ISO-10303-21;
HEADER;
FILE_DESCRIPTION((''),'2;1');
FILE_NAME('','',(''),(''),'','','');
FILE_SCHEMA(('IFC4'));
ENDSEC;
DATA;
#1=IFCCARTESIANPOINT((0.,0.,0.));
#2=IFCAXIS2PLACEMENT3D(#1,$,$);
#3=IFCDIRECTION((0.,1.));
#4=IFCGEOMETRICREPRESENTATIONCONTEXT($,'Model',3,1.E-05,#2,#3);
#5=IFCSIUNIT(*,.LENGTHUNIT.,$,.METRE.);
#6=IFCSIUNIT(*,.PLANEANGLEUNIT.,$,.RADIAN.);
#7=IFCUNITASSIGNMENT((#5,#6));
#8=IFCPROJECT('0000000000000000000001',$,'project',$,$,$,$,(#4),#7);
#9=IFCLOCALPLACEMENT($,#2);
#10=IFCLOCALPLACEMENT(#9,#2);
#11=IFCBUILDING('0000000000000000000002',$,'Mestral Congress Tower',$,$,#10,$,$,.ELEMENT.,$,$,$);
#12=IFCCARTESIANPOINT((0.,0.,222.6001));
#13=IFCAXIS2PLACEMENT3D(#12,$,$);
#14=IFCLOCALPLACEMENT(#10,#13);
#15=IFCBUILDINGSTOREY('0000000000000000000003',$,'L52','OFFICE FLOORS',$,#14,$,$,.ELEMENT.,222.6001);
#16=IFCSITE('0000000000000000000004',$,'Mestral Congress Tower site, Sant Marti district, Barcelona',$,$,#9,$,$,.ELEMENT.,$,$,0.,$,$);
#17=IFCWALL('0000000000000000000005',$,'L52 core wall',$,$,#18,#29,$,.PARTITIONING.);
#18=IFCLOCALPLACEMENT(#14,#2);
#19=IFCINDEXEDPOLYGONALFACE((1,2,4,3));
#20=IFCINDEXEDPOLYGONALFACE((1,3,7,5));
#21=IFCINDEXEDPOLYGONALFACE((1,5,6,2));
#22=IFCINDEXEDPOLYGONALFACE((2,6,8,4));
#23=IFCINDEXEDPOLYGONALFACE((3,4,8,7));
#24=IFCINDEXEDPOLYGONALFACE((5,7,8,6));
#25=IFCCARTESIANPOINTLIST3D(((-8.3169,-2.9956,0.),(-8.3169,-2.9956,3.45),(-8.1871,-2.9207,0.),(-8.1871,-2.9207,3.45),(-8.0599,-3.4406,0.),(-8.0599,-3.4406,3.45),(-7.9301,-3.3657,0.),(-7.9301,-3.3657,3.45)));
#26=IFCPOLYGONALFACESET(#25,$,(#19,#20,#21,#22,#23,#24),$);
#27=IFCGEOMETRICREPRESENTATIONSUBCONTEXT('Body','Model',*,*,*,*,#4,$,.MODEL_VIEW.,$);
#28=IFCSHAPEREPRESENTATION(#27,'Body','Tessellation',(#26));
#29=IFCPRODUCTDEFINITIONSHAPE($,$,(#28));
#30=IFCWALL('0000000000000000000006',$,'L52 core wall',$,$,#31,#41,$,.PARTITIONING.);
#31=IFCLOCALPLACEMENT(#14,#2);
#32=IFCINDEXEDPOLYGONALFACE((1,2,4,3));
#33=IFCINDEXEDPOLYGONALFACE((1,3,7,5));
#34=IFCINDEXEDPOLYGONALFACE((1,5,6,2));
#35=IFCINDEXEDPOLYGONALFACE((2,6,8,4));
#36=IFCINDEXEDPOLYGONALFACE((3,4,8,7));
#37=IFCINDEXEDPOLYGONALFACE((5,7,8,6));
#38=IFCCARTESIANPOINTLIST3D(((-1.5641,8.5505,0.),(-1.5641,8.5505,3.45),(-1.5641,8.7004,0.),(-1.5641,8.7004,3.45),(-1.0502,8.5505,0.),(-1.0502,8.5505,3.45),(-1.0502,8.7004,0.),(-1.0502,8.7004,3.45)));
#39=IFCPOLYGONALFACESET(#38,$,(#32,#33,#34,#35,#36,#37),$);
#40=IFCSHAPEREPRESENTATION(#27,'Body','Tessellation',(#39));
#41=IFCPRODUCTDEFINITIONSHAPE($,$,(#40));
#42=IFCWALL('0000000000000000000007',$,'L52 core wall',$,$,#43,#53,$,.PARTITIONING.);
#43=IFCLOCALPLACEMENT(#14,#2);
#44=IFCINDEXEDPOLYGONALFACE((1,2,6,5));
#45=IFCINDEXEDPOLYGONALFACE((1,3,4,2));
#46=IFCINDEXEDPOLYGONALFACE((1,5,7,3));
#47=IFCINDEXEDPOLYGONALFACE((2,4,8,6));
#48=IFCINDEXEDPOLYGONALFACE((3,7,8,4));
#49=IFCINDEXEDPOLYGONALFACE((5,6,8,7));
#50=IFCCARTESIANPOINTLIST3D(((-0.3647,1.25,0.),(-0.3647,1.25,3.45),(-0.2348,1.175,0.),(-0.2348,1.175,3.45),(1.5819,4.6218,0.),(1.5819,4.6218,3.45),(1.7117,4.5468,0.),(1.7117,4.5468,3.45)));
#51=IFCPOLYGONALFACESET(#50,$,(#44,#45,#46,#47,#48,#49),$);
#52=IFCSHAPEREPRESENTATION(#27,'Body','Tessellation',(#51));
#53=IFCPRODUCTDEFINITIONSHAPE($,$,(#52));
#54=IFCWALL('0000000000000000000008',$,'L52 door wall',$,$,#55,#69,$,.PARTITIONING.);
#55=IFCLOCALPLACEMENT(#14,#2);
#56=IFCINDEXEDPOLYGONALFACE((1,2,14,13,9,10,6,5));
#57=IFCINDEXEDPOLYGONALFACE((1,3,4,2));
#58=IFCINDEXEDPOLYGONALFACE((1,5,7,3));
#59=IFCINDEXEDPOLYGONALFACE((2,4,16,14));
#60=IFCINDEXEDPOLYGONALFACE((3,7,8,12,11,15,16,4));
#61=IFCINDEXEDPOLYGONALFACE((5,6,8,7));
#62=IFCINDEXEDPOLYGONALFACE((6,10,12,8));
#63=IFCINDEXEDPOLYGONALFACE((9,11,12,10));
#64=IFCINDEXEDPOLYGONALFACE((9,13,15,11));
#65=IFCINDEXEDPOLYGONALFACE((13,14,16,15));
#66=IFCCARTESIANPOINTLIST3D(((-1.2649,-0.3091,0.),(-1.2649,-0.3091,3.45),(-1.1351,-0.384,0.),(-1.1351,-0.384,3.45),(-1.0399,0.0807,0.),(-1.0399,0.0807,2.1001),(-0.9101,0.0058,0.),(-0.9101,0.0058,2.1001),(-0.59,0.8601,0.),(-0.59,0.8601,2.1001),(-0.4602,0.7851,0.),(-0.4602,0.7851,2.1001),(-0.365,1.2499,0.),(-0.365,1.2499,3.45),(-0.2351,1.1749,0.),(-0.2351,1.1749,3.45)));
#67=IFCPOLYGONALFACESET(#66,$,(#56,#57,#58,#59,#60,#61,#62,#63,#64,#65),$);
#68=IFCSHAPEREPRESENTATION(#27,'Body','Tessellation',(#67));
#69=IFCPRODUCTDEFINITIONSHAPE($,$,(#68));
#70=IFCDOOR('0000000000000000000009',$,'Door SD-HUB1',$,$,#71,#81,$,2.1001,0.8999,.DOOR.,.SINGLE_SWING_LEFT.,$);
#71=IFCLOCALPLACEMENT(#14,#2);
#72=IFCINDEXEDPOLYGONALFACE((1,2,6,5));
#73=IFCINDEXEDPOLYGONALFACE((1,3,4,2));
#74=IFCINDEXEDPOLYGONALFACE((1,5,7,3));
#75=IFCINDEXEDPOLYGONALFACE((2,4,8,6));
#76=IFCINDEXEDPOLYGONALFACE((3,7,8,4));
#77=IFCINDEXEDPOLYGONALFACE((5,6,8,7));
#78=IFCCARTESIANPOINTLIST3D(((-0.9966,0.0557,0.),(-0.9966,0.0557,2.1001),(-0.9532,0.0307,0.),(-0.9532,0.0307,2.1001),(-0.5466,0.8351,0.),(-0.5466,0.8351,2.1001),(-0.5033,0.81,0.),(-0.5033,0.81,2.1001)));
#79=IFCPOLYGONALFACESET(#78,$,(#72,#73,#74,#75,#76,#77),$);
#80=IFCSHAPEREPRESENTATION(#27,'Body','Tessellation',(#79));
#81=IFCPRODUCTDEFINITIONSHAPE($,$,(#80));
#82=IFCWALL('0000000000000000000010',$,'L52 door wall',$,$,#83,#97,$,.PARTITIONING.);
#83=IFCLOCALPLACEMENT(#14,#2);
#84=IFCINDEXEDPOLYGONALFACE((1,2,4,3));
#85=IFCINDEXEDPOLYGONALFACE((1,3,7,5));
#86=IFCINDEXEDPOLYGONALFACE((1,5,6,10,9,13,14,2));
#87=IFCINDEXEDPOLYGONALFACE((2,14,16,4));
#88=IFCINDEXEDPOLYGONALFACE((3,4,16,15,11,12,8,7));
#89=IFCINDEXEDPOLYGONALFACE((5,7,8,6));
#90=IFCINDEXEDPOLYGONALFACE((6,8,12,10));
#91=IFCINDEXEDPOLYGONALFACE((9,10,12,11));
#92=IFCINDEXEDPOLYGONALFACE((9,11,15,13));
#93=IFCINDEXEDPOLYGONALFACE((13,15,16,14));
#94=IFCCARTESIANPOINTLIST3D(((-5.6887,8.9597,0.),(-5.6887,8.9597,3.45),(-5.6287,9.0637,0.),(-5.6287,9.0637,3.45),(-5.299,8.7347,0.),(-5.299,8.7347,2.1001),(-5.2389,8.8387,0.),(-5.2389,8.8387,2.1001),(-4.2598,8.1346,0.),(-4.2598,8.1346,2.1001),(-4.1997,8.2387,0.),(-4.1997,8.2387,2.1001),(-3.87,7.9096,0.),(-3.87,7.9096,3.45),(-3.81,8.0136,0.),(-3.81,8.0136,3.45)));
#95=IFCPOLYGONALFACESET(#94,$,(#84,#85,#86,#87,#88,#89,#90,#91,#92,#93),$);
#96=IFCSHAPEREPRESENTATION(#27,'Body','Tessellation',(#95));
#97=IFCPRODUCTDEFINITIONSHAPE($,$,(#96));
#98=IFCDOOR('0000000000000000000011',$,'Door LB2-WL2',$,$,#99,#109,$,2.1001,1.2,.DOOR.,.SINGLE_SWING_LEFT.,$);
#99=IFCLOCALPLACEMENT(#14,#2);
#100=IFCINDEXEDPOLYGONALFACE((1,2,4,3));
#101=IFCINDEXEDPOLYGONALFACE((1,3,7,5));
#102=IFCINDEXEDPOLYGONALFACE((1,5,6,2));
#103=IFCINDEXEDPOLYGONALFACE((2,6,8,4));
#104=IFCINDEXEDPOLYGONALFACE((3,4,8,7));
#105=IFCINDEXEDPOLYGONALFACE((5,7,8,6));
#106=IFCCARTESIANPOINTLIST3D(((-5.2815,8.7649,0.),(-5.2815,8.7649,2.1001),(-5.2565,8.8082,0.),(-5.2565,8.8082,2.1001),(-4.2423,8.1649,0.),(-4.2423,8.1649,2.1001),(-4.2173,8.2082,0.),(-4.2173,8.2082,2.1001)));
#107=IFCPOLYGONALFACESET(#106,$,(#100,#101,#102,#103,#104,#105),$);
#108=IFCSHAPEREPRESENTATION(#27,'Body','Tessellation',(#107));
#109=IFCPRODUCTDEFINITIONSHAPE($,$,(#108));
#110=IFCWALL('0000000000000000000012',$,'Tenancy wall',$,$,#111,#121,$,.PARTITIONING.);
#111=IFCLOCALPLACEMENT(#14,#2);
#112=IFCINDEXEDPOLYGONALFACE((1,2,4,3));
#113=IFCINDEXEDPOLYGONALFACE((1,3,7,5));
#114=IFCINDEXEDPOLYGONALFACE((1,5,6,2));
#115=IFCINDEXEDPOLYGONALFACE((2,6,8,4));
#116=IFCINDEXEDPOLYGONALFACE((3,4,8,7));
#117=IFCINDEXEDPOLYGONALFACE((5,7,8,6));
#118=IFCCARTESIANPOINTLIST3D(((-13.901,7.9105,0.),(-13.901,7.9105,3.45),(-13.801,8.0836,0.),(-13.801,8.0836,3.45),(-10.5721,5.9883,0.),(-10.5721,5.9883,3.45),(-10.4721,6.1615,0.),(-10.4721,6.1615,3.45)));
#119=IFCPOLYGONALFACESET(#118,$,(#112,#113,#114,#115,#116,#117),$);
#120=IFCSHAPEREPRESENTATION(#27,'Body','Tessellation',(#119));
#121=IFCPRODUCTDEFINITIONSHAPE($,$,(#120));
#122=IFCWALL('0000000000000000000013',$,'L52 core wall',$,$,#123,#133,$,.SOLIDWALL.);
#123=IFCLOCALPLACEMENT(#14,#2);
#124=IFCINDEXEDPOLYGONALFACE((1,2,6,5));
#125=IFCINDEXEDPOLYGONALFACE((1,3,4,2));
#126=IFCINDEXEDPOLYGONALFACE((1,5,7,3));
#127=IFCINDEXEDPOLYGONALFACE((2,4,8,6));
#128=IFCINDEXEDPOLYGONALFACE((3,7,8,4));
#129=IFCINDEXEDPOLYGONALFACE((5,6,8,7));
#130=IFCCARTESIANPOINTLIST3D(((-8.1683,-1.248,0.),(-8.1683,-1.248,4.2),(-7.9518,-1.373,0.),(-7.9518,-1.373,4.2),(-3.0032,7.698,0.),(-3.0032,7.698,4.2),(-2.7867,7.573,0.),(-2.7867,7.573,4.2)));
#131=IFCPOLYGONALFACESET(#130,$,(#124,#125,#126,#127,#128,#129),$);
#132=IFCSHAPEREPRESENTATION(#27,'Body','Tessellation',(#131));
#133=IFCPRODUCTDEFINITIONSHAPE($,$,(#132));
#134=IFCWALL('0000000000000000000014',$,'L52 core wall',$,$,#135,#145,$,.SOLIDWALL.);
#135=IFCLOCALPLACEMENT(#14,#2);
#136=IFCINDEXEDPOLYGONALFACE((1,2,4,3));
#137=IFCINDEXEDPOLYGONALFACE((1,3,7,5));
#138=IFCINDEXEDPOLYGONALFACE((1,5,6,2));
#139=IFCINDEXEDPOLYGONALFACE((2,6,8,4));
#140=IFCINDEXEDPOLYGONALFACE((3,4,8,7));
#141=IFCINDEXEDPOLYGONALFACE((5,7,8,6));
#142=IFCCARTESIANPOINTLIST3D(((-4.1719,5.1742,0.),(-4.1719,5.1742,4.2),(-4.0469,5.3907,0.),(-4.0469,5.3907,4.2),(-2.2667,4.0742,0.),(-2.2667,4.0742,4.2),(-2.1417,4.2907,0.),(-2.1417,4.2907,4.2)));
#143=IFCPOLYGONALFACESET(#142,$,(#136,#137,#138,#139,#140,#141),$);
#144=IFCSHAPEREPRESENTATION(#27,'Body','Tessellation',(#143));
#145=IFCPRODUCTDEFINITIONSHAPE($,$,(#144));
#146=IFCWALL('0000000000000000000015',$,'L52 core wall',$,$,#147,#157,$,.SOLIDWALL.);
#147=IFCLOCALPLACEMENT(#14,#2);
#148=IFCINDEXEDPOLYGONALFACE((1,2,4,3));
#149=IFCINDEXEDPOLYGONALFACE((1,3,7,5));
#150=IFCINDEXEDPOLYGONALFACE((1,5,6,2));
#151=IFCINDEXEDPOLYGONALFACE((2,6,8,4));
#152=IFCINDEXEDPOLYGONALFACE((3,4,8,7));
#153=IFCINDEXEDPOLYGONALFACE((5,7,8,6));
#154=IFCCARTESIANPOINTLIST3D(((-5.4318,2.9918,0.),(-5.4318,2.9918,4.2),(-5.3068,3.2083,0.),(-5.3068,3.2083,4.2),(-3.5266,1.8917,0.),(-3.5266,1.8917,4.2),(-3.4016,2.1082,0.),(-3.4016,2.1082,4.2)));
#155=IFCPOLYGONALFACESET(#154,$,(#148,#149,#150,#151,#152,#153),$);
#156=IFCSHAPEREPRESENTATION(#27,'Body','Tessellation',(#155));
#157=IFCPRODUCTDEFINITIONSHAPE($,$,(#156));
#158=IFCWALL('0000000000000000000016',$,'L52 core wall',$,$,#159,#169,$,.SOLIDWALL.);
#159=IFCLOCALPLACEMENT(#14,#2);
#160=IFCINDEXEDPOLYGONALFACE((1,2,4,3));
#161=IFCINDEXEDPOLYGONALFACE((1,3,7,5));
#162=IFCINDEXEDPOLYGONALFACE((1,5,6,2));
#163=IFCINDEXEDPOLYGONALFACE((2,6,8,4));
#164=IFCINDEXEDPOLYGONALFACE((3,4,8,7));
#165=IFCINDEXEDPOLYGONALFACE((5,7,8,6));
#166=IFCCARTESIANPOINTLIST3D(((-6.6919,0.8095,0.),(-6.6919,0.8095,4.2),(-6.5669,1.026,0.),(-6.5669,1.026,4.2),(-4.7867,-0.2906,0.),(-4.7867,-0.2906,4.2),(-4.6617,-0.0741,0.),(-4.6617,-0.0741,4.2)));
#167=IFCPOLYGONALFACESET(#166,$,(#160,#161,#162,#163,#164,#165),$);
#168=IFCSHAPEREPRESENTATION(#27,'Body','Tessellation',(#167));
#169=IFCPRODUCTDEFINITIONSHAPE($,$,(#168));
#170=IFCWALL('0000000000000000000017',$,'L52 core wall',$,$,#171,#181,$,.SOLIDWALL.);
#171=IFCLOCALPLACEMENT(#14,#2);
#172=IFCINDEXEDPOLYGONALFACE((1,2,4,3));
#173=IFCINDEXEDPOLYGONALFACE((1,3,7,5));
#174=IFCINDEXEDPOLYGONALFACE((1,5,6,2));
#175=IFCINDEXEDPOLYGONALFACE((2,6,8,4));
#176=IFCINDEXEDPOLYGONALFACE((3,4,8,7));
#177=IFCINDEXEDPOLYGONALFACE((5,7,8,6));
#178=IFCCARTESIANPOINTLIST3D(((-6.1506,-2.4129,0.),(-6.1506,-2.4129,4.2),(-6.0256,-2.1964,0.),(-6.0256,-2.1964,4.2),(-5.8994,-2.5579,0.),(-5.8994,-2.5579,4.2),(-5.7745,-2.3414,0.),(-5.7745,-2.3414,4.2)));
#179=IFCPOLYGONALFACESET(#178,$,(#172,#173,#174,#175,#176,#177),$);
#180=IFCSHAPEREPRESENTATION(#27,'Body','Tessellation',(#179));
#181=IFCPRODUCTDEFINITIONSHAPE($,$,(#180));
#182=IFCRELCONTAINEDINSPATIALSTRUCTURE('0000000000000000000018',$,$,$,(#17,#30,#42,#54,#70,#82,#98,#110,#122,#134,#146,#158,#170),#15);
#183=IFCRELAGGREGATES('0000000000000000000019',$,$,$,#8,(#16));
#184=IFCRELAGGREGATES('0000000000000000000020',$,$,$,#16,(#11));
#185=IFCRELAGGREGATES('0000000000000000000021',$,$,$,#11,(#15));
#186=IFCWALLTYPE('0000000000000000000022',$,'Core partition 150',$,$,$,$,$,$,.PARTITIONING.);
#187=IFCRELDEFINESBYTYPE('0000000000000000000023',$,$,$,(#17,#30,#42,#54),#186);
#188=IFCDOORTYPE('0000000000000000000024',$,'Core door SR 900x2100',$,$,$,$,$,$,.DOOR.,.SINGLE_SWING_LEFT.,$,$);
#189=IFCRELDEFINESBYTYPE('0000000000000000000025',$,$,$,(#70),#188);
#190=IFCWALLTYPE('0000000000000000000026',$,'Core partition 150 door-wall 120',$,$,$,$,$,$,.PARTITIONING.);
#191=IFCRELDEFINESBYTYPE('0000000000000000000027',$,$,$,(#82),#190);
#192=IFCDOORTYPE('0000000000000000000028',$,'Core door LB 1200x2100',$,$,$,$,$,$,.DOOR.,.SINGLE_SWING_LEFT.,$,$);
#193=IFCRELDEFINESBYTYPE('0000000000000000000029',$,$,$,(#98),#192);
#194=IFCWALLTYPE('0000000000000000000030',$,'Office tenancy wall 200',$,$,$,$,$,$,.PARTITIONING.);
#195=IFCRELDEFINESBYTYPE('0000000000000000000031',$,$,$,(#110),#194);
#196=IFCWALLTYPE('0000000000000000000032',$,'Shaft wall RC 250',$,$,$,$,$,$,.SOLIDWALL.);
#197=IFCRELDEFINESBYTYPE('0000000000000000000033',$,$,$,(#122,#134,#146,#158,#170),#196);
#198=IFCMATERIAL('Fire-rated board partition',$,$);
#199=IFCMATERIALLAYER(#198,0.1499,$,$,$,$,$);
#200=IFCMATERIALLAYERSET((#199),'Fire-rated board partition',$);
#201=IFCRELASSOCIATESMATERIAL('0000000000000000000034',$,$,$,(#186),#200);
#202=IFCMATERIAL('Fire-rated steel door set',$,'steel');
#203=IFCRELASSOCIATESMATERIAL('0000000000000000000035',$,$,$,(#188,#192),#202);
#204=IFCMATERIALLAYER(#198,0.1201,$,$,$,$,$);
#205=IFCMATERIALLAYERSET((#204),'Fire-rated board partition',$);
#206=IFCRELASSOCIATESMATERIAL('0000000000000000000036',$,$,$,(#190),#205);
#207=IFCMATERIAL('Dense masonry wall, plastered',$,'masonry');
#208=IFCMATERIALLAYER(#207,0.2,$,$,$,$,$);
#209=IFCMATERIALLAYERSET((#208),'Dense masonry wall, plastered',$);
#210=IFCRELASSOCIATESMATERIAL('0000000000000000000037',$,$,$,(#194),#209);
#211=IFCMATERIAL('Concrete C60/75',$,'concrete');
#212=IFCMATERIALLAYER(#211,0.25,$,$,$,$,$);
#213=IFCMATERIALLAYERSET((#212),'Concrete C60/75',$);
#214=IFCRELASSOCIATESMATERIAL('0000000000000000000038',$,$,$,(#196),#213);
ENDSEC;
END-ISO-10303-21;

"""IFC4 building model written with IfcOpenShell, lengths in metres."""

from ifc_helpers import new_model, si_unit, direction, frame, frame_2d, origin, place, context, subcontext, project, spatial, rectangle, extrude, material, layer, layer_set, type_object, element, fill, save


model = new_model("IFC4")

# Units and contexts
model_context = context("Model", 3, precision=1e-05, world=origin(), true_north=direction((0.0, 1.0)))
body_context = subcontext(model_context, "Body", "Model", "MODEL_VIEW")
ifc_project = project(units=[si_unit("LENGTHUNIT", "METRE"), si_unit("PLANEANGLEUNIT", "RADIAN")], contexts=[model_context])

# Site, building, storey
site_placement = place(None, origin())
site = spatial("IfcSite", under=ifc_project, at=site_placement, Name="Mestral Congress Tower site, Sant Marti district, Barcelona", CompositionType="ELEMENT", RefElevation=0.0)
building_placement = place(site_placement, origin())
building = spatial("IfcBuilding", under=site, at=building_placement, Name="Mestral Congress Tower", CompositionType="ELEMENT")
storey_placement = place(building_placement, frame((0.0, 0.0, 222.6001)))
storey = spatial("IfcBuildingStorey", under=building, at=storey_placement, Name="L52", Description="OFFICE FLOORS", CompositionType="ELEMENT", Elevation=222.6001)

# Walls
ifc_material_1 = material(Name="Fire-rated board partition")
ifc_layer_1 = layer(ifc_material_1, 0.1499)
ifc_layer_set_1 = layer_set([ifc_layer_1], Name="Fire-rated board partition")
wall_type_1 = type_object("IfcWallType", Name="Core partition 150", PredefinedType="PARTITIONING", material=ifc_layer_set_1)
for number, where, z_axis, x_axis, name in (
    (1, (-8.252, -2.9583, 0.0), (0.0, 0.0, 1.0), (0.500175, -0.865925, 0.0), "L52 core wall"),
    (2, (-1.564, 8.6255, 0.0), (0.0, 0.0, 1.0), (1.0, 0.0, 0.0), "L52 core wall"),
):
    element("IfcWall", number, at=place(storey_placement, frame(where, z_axis=z_axis, x_axis=x_axis)), inside=storey, type_object=wall_type_1, Name=name, PredefinedType="PARTITIONING", context=body_context, shape_type="SweptSolid", body=[
        extrude(rectangle(XDim=0.5139, YDim=0.1499, at=frame_2d((0.2568, 0.0))), origin(), (0.0, 0.0, 1.0), 3.45),
    ])
wall_1_placement = place(storey_placement, frame((-0.2998, 1.2124, 0.0), z_axis=(0.0, 0.0, 1.0), x_axis=(0.499963, 0.866047, 0.0)))
element("IfcWall", 3, at=wall_1_placement, inside=storey, type_object=wall_type_1, Name="L52 core wall", PredefinedType="PARTITIONING", context=body_context, shape_type="SweptSolid", body=[
    extrude(rectangle(XDim=3.8933, YDim=0.1499, at=frame_2d((1.9468, 0.0))), origin(), (0.0, 0.0, 1.0), 3.45),
])

# Walls, openings, doors
wall_2_placement = place(storey_placement, frame((-1.2, -0.3464, 0.0), z_axis=(0.0, 0.0, 1.0), x_axis=(0.499961, 0.866048, 0.0)))
wall_2 = element("IfcWall", 4, at=wall_2_placement, inside=storey, type_object=wall_type_1, Name="L52 door wall", PredefinedType="PARTITIONING", context=body_context, shape_type="SweptSolid", body=[
    extrude(rectangle(XDim=1.8, YDim=0.1499, at=frame_2d((0.8999, 0.0))), origin(), (0.0, 0.0, 1.0), 3.45),
])
opening_1_placement = place(wall_2_placement, frame((0.45, 0.0, 0.0)))
opening_1 = element("IfcOpeningElement", 5, at=opening_1_placement, cuts=wall_2, PredefinedType="OPENING", context=body_context, shape_type="SweptSolid", body=[
    extrude(rectangle(XDim=0.8999, YDim=2.1001, at=frame_2d((0.45, 1.05))), frame((0.0, 0.085, 0.0), z_axis=(0.0, -1.0, 0.0), x_axis=(1.0, 0.0, 0.0)), (0.0, 0.0, 1.0), 0.1699),
])
ifc_material_2 = material(Name="Fire-rated steel door set", Category="steel")
door_type_1 = type_object("IfcDoorType", Name="Core door SR 900x2100", OperationType="SINGLE_SWING_LEFT", PredefinedType="DOOR", material=ifc_material_2)
door_1_placement = place(opening_1_placement, origin())
door_1 = element("IfcDoor", 6, at=door_1_placement, inside=storey, type_object=door_type_1, Name="Door SD-HUB1", OperationType="SINGLE_SWING_LEFT", OverallHeight=2.1001, OverallWidth=0.8999, PredefinedType="DOOR", context=body_context, shape_type="SweptSolid", body=[
    extrude(rectangle(XDim=0.8999, YDim=2.1001, at=frame_2d((0.45, 1.05))), frame((0.0, 0.0249, 0.0), z_axis=(0.0, -1.0, 0.0), x_axis=(1.0, 0.0, 0.0)), (0.0, 0.0, 1.0), 0.05),
])
fill(opening_1, door_1)
ifc_layer_2 = layer(ifc_material_1, 0.1201)
ifc_layer_set_2 = layer_set([ifc_layer_2], Name="Fire-rated board partition")
wall_type_2 = type_object("IfcWallType", Name="Core partition 150 door-wall 120", PredefinedType="PARTITIONING", material=ifc_layer_set_2)
wall_3_placement = place(storey_placement, frame((-5.6587, 9.0117, 0.0), z_axis=(0.0, 0.0, 1.0), x_axis=(0.866009, -0.500028, 0.0)))
wall_3 = element("IfcWall", 7, at=wall_3_placement, inside=storey, type_object=wall_type_2, Name="L52 door wall", PredefinedType="PARTITIONING", context=body_context, shape_type="SweptSolid", body=[
    extrude(rectangle(XDim=2.1001, YDim=0.1201, at=frame_2d((1.05, 0.0))), origin(), (0.0, 0.0, 1.0), 3.45),
])
opening_2_placement = place(wall_3_placement, frame((0.45, 0.0, 0.0)))
opening_2 = element("IfcOpeningElement", 8, at=opening_2_placement, cuts=wall_3, PredefinedType="OPENING", context=body_context, shape_type="SweptSolid", body=[
    extrude(rectangle(XDim=1.2, YDim=2.1001, at=frame_2d((0.6001, 1.05))), frame((0.0, 0.0701, 0.0), z_axis=(0.0, -1.0, 0.0), x_axis=(1.0, 0.0, 0.0)), (0.0, 0.0, 1.0), 0.1401),
])
door_type_2 = type_object("IfcDoorType", Name="Core door LB 1200x2100", OperationType="SINGLE_SWING_LEFT", PredefinedType="DOOR", material=ifc_material_2)
door_2_placement = place(opening_2_placement, origin())
door_2 = element("IfcDoor", 9, at=door_2_placement, inside=storey, type_object=door_type_2, Name="Door LB2-WL2", OperationType="SINGLE_SWING_LEFT", OverallHeight=2.1001, OverallWidth=1.2, PredefinedType="DOOR", context=body_context, shape_type="SweptSolid", body=[
    extrude(rectangle(XDim=1.2, YDim=2.1001, at=frame_2d((0.6001, 1.05))), frame((0.0, 0.0249, 0.0), z_axis=(0.0, -1.0, 0.0), x_axis=(1.0, 0.0, 0.0)), (0.0, 0.0, 1.0), 0.05),
])
fill(opening_2, door_2)

# Walls
ifc_material_3 = material(Name="Dense masonry wall, plastered", Category="masonry")
ifc_layer_3 = layer(ifc_material_3, 0.2)
ifc_layer_set_3 = layer_set([ifc_layer_3], Name="Dense masonry wall, plastered")
wall_type_3 = type_object("IfcWallType", Name="Office tenancy wall 200", PredefinedType="PARTITIONING", material=ifc_layer_set_3)
wall_4_placement = place(storey_placement, frame((-10.5222, 6.075, 0.0), z_axis=(0.0, 0.0, 1.0), x_axis=(-0.866003, 0.500039, 0.0)))
element("IfcWall", 10, at=wall_4_placement, inside=storey, type_object=wall_type_3, Name="Tenancy wall", PredefinedType="PARTITIONING", context=body_context, shape_type="SweptSolid", body=[
    extrude(rectangle(XDim=3.844, YDim=0.2, at=frame_2d((1.9219, 0.0))), origin(), (0.0, 0.0, 1.0), 3.45),
])
ifc_material_4 = material(Name="Concrete C60/75", Category="concrete")
ifc_layer_4 = layer(ifc_material_4, 0.25)
ifc_layer_set_4 = layer_set([ifc_layer_4], Name="Concrete C60/75")
wall_type_4 = type_object("IfcWallType", Name="Shaft wall RC 250", PredefinedType="SOLIDWALL", material=ifc_layer_set_4)
wall_5_placement = place(storey_placement, frame((-8.0601, -1.3105, 0.0), z_axis=(0.0, 0.0, 1.0), x_axis=(0.500003, 0.866024, 0.0)))
element("IfcWall", 11, at=wall_5_placement, inside=storey, type_object=wall_type_4, Name="L52 core wall", PredefinedType="SOLIDWALL", context=body_context, shape_type="SweptSolid", body=[
    extrude(rectangle(XDim=10.3301, YDim=0.25, at=frame_2d((5.165, 0.0))), origin(), (0.0, 0.0, 1.0), 4.2),
])
for number, where, z_axis, x_axis, name in (
    (12, (-2.2041, 4.1824, 0.0), (0.0, 0.0, 1.0), (-0.866008, 0.50003, 0.0), "L52 core wall"),
    (13, (-5.3694, 3.1001, 0.0), (0.0, 0.0, 1.0), (0.866008, -0.50003, 0.0), "L52 core wall"),
    (14, (-4.7241, -0.1824, 0.0), (0.0, 0.0, 1.0), (-0.866008, 0.50003, 0.0), "L52 core wall"),
):
    element("IfcWall", number, at=place(storey_placement, frame(where, z_axis=z_axis, x_axis=x_axis)), inside=storey, type_object=wall_type_4, Name=name, PredefinedType="SOLIDWALL", context=body_context, shape_type="SweptSolid", body=[
        extrude(rectangle(XDim=2.2, YDim=0.25, at=frame_2d((1.1001, 0.0))), origin(), (0.0, 0.0, 1.0), 4.2),
    ])
wall_6_placement = place(storey_placement, frame((-6.0881, -2.3047, 0.0), z_axis=(0.0, 0.0, 1.0), x_axis=(0.866059, -0.499941, 0.0)))
element("IfcWall", 15, at=wall_6_placement, inside=storey, type_object=wall_type_4, Name="L52 core wall", PredefinedType="SOLIDWALL", context=body_context, shape_type="SweptSolid", body=[
    extrude(rectangle(XDim=0.29, YDim=0.25, at=frame_2d((0.145, 0.0))), origin(), (0.0, 0.0, 1.0), 4.2),
])

save(model, "model.ifc")
